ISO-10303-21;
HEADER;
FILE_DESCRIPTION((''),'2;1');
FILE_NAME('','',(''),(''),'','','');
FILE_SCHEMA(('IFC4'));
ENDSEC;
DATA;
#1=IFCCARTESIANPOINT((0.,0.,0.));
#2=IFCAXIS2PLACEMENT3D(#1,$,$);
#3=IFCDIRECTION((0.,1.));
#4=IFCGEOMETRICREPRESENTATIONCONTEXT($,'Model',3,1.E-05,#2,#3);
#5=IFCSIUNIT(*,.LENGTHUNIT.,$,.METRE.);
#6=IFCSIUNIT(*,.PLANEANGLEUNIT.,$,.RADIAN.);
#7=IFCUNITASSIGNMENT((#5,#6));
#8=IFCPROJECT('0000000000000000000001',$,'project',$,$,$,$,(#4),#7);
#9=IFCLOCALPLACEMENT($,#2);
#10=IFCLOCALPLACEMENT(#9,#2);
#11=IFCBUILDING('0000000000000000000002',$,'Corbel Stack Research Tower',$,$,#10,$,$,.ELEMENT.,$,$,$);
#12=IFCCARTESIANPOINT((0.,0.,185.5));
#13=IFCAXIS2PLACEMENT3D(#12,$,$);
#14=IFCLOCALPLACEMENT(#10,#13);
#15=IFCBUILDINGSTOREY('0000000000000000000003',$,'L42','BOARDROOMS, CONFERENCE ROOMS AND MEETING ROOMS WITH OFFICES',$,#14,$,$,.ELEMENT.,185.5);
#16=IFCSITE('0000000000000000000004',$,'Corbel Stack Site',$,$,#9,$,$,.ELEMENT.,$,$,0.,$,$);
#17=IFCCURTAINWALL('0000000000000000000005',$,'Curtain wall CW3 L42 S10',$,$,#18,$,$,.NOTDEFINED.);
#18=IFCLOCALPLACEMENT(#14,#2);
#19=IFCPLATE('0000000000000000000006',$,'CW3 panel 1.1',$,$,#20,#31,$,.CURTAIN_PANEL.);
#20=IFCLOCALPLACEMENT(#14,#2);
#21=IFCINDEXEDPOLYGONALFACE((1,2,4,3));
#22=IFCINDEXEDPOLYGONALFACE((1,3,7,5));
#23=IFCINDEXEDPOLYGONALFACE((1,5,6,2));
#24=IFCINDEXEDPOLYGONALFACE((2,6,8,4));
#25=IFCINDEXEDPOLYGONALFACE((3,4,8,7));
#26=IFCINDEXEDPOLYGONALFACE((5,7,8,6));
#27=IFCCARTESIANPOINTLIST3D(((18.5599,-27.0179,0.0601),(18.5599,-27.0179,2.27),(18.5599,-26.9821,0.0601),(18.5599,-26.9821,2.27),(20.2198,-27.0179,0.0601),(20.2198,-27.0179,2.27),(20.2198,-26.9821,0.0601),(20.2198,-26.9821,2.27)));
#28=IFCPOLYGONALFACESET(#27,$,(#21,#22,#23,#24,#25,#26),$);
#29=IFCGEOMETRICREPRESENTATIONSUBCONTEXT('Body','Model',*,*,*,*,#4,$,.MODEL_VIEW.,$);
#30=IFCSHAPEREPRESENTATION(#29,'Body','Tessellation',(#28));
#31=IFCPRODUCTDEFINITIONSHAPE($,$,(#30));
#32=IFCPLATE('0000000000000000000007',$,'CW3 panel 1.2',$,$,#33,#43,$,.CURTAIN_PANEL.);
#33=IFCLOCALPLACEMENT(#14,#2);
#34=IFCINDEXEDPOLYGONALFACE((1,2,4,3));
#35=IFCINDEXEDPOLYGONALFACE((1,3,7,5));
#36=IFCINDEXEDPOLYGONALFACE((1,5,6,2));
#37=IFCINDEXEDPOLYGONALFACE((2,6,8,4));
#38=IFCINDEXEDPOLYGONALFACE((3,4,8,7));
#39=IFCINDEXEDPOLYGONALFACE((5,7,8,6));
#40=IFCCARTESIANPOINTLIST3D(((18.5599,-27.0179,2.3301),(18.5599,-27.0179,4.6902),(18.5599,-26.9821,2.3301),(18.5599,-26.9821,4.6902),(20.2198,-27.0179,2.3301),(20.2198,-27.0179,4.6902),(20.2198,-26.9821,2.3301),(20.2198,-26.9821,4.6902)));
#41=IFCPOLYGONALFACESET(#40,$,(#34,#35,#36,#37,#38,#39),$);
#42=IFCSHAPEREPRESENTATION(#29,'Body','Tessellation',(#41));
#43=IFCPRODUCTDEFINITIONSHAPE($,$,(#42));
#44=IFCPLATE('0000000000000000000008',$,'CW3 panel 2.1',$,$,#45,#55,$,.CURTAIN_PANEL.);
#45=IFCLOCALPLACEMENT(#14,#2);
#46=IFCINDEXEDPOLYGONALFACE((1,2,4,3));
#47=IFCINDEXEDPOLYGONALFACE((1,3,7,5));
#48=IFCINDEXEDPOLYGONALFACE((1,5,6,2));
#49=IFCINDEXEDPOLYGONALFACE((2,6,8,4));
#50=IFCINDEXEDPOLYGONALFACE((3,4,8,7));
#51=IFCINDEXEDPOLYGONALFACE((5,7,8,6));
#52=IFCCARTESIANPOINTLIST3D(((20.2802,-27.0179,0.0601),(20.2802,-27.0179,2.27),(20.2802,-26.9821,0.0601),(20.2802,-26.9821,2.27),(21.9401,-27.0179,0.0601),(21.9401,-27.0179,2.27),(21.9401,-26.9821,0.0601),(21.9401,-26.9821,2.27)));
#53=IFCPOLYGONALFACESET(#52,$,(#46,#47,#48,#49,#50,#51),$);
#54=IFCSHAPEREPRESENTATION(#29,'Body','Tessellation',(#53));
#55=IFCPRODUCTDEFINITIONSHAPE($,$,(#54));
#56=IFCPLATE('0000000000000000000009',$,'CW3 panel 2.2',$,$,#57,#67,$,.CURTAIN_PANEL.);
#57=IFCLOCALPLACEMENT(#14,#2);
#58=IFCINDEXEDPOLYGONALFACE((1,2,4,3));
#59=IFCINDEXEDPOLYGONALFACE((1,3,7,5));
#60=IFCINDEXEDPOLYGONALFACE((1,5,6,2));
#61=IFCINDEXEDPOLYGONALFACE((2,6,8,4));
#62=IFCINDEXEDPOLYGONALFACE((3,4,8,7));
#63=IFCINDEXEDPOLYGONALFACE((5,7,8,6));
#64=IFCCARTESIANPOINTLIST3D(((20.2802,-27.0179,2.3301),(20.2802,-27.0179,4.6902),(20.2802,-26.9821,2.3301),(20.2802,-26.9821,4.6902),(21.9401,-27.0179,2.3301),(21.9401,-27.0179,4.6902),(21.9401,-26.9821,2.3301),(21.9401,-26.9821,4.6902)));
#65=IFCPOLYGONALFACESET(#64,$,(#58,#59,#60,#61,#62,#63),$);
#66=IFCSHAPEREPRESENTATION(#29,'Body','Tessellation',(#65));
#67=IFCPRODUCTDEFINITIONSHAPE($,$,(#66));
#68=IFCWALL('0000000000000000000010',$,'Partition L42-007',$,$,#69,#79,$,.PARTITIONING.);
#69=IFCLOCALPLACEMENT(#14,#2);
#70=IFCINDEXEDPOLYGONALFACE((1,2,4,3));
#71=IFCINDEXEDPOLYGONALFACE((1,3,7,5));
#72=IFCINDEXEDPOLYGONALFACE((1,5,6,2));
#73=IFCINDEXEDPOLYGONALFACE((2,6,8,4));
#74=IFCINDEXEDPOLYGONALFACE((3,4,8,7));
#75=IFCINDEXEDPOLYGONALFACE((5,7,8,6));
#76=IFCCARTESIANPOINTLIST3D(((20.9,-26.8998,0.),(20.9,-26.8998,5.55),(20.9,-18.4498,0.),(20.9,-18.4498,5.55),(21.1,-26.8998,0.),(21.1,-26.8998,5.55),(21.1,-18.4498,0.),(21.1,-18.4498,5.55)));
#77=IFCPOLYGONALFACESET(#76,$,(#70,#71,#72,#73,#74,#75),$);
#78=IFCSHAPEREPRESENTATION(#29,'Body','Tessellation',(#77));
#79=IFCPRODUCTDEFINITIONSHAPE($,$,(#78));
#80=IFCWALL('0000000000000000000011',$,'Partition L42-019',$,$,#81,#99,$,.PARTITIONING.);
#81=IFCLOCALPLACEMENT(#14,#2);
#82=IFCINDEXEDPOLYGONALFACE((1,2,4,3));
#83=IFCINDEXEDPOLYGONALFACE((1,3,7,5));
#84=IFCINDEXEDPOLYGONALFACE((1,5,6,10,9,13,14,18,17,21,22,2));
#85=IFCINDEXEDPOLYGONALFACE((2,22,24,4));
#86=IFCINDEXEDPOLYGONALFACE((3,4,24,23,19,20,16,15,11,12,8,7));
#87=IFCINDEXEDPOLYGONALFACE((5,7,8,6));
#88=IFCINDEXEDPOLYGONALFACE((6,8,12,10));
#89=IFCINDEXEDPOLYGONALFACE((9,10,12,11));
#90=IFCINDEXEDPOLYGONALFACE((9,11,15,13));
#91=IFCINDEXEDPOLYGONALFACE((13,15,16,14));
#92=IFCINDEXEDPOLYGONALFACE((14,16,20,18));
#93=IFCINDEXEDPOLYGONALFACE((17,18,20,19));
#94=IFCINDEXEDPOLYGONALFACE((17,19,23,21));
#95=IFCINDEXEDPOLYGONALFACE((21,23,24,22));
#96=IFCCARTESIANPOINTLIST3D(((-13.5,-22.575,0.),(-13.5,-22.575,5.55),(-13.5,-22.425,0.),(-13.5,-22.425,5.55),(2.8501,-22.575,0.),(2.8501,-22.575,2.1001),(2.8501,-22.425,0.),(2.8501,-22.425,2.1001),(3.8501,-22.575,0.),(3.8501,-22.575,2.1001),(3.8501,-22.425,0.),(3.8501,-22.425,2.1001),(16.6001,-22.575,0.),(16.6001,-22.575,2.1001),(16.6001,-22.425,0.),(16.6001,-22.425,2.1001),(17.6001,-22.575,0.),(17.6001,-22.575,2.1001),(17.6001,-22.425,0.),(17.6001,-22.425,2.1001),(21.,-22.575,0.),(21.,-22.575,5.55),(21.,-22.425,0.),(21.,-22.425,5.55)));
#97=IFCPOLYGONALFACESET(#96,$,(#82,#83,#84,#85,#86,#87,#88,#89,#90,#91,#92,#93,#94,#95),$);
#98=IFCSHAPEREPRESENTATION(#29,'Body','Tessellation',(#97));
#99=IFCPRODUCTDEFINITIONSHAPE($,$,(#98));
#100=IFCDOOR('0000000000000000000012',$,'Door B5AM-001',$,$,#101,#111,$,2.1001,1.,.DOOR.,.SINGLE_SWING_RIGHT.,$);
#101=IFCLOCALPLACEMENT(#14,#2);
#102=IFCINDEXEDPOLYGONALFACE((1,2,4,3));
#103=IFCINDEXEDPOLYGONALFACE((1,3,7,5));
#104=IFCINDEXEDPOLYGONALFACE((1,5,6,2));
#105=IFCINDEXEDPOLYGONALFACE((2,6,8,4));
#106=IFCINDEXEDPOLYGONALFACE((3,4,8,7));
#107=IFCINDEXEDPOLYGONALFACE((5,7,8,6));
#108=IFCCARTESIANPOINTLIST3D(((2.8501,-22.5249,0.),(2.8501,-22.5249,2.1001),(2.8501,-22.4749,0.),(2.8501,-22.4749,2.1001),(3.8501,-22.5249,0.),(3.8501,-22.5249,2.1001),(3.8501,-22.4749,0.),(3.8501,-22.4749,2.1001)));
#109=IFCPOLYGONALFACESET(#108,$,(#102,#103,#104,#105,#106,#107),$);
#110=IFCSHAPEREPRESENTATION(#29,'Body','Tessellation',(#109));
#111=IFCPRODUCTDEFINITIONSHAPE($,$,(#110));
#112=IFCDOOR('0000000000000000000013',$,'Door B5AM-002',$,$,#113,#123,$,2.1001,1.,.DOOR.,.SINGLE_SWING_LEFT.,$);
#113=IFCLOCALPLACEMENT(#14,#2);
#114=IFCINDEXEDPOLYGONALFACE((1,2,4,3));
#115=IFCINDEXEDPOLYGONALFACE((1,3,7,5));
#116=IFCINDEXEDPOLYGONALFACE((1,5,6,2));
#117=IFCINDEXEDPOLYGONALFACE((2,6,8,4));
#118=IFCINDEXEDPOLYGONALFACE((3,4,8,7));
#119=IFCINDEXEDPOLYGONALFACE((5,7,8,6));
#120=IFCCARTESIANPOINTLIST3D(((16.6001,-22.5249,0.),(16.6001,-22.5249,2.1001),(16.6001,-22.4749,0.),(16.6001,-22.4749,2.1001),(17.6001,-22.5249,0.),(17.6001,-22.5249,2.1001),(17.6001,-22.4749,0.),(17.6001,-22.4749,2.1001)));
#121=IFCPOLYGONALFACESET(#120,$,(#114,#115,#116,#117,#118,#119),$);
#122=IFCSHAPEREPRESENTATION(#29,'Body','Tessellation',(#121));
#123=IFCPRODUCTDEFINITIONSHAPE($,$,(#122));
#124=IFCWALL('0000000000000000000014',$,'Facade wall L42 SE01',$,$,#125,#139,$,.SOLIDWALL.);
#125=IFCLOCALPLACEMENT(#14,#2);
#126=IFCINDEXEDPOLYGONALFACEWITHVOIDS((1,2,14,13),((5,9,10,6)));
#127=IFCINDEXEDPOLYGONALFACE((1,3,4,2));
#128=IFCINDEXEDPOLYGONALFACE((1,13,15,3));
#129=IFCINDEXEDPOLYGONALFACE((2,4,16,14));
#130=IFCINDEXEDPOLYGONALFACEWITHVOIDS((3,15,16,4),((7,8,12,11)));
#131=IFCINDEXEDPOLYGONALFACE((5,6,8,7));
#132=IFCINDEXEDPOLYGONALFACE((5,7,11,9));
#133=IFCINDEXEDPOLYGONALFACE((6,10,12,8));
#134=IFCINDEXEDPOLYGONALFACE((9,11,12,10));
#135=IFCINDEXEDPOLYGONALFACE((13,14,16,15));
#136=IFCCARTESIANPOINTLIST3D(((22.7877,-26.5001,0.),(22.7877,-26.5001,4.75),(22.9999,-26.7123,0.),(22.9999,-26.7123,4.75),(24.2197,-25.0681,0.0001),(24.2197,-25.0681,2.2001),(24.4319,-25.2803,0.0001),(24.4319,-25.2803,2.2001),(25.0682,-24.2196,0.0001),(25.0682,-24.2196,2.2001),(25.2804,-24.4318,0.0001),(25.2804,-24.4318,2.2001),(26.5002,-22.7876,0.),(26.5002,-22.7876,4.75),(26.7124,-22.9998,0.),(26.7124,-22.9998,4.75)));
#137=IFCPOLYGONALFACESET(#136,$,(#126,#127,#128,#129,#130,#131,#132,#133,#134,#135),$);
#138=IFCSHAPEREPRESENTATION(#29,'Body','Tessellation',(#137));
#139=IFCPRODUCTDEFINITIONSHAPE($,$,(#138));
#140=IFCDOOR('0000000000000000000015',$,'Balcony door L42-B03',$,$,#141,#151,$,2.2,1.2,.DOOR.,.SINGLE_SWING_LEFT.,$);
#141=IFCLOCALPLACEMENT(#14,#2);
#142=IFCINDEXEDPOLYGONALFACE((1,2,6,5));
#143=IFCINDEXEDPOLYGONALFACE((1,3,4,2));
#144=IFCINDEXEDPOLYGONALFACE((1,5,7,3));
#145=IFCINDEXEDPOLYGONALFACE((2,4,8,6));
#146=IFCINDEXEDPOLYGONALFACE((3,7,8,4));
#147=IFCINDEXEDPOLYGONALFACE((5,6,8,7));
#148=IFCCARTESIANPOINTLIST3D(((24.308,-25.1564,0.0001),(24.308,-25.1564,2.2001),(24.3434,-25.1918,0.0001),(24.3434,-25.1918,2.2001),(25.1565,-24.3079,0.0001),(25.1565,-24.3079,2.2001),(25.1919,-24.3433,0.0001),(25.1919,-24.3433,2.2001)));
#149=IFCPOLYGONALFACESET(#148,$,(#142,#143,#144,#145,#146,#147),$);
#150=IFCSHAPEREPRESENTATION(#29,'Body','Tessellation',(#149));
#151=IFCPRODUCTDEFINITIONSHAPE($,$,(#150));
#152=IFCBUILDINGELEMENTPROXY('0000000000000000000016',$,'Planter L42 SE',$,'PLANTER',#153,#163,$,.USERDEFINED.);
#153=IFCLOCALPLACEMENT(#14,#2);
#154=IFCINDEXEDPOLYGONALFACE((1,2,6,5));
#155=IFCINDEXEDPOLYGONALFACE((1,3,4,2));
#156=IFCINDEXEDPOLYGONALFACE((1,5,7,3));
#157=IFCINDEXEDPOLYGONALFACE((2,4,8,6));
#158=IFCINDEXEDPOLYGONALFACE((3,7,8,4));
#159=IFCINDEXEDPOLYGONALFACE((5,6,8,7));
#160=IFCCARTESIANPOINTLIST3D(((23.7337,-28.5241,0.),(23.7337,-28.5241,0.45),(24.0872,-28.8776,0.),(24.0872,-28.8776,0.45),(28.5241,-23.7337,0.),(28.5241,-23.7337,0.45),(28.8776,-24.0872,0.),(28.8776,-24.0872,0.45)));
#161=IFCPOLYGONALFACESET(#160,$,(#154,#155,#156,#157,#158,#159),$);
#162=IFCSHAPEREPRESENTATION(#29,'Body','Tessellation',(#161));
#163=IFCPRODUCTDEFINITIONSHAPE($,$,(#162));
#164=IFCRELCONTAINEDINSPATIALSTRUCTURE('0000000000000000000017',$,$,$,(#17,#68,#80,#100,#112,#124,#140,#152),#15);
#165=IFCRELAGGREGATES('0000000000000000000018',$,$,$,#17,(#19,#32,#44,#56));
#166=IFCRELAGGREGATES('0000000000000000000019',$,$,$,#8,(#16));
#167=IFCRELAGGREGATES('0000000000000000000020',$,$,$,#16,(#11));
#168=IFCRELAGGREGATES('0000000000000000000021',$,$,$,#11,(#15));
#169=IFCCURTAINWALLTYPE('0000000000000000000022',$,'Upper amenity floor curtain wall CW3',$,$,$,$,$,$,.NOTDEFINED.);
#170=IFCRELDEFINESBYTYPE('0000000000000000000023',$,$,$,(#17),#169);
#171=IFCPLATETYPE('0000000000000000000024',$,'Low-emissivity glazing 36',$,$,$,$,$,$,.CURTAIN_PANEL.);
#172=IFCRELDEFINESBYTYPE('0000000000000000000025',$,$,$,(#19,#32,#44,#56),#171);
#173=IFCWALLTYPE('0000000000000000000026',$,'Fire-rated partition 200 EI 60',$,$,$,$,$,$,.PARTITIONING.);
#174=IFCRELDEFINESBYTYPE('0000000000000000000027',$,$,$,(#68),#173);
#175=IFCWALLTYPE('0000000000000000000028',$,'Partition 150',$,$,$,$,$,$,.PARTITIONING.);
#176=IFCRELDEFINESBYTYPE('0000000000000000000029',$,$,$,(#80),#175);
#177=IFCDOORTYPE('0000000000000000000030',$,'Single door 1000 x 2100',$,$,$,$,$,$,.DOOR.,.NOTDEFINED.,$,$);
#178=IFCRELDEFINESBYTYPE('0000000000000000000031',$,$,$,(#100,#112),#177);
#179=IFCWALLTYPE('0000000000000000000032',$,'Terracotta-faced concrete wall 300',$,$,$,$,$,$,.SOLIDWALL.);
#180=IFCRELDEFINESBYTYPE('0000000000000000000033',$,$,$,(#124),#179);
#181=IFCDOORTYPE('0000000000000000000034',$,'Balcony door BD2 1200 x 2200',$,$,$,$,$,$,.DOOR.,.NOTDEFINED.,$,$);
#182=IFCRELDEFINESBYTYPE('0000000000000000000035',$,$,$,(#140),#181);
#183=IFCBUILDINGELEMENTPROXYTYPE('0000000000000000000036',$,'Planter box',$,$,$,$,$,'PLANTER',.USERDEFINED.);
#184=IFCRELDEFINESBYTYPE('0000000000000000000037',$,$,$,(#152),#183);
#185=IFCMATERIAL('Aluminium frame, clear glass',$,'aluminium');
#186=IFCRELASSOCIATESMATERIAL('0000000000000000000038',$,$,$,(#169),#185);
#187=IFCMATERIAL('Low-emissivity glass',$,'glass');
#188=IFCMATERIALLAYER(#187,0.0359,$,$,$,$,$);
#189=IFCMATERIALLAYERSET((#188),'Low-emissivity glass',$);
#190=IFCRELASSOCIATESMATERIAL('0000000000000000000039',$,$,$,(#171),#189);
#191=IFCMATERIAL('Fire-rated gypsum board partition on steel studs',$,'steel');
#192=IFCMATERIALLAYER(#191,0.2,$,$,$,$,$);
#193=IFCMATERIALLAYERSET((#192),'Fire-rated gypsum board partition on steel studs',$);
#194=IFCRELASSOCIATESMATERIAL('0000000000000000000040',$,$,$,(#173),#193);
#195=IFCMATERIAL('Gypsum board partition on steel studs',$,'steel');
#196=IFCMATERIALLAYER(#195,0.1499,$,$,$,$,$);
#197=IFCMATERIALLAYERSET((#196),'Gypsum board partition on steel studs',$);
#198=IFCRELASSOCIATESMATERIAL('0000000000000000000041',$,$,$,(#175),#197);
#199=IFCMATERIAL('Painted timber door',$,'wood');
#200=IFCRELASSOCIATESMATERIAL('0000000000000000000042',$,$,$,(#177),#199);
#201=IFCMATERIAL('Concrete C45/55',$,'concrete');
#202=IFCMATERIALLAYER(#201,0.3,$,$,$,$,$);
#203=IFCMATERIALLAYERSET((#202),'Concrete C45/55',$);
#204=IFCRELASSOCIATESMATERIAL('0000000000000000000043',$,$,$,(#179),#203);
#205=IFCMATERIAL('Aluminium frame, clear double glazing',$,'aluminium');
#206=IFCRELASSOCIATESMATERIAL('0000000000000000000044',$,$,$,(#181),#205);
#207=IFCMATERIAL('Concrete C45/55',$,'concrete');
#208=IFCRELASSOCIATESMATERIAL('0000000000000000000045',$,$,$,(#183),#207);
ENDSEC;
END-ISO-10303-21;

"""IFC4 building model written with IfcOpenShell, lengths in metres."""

from ifc_helpers import new_model, si_unit, direction, frame, frame_2d, origin, origin_2d, place, context, subcontext, project, spatial, rectangle, extrude, material, layer, layer_set, type_object, element, fill, aggregate, save


model = new_model("IFC4")

# Units and contexts
model_context = context("Model", 3, precision=1e-05, world=origin(), true_north=direction((0.0, 1.0)))
body_context = subcontext(model_context, "Body", "Model", "MODEL_VIEW")
ifc_project = project(units=[si_unit("LENGTHUNIT", "METRE"), si_unit("PLANEANGLEUNIT", "RADIAN")], contexts=[model_context])

# Site, building, storey
site_placement = place(None, origin())
site = spatial("IfcSite", under=ifc_project, at=site_placement, Name="Corbel Stack Site", CompositionType="ELEMENT", RefElevation=0.0)
building_placement = place(site_placement, origin())
building = spatial("IfcBuilding", under=site, at=building_placement, Name="Corbel Stack Research Tower", CompositionType="ELEMENT")
storey_placement = place(building_placement, frame((0.0, 0.0, 185.5)))
storey = spatial("IfcBuildingStorey", under=building, at=storey_placement, Name="L42", Description="BOARDROOMS, CONFERENCE ROOMS AND MEETING ROOMS WITH OFFICES", CompositionType="ELEMENT", Elevation=185.5)

# Curtain wall
ifc_material_1 = material(Name="Aluminium frame, clear glass", Category="aluminium")
curtain_wall_type = type_object("IfcCurtainWallType", Name="Upper amenity floor curtain wall CW3", PredefinedType="NOTDEFINED", material=ifc_material_1)
curtain_wall_1_placement = place(storey_placement, origin())
curtain_wall_1 = element("IfcCurtainWall", 1, at=curtain_wall_1_placement, inside=storey, type_object=curtain_wall_type, Name="Curtain wall CW3 L42 S10", PredefinedType="NOTDEFINED")

# Plates
ifc_material_2 = material(Name="Low-emissivity glass", Category="glass")
ifc_layer_1 = layer(ifc_material_2, 0.0359)
ifc_layer_set_1 = layer_set([ifc_layer_1], Name="Low-emissivity glass")
plate_type = type_object("IfcPlateType", Name="Low-emissivity glazing 36", PredefinedType="CURTAIN_PANEL", material=ifc_layer_set_1)
plate_1_placement = place(storey_placement, frame((19.3899, -27.0, 0.0601), z_axis=(0.0, 0.0, 1.0), x_axis=(1.0, 0.0, 0.0)))
plate_1 = element("IfcPlate", 2, at=plate_1_placement, type_object=plate_type, Name="CW3 panel 1.1", PredefinedType="CURTAIN_PANEL", context=body_context, shape_type="SweptSolid", body=[
    extrude(rectangle(XDim=1.6599, YDim=0.0359, at=origin_2d()), origin(), (0.0, 0.0, 1.0), 2.21),
])
plate_2_placement = place(storey_placement, frame((19.3899, -27.0, 2.3301), z_axis=(0.0, 0.0, 1.0), x_axis=(1.0, 0.0, 0.0)))
plate_2 = element("IfcPlate", 3, at=plate_2_placement, type_object=plate_type, Name="CW3 panel 1.2", PredefinedType="CURTAIN_PANEL", context=body_context, shape_type="SweptSolid", body=[
    extrude(rectangle(XDim=1.6599, YDim=0.0359, at=origin_2d()), origin(), (0.0, 0.0, 1.0), 2.3601),
])
plate_3_placement = place(storey_placement, frame((21.1101, -27.0, 0.0601), z_axis=(0.0, 0.0, 1.0), x_axis=(1.0, 0.0, 0.0)))
plate_3 = element("IfcPlate", 4, at=plate_3_placement, type_object=plate_type, Name="CW3 panel 2.1", PredefinedType="CURTAIN_PANEL", context=body_context, shape_type="SweptSolid", body=[
    extrude(rectangle(XDim=1.6599, YDim=0.0359, at=origin_2d()), origin(), (0.0, 0.0, 1.0), 2.21),
])
plate_4_placement = place(storey_placement, frame((21.1101, -27.0, 2.3301), z_axis=(0.0, 0.0, 1.0), x_axis=(1.0, 0.0, 0.0)))
plate_4 = element("IfcPlate", 5, at=plate_4_placement, type_object=plate_type, Name="CW3 panel 2.2", PredefinedType="CURTAIN_PANEL", context=body_context, shape_type="SweptSolid", body=[
    extrude(rectangle(XDim=1.6599, YDim=0.0359, at=origin_2d()), origin(), (0.0, 0.0, 1.0), 2.3601),
])
aggregate(curtain_wall_1, [plate_1, plate_2, plate_3, plate_4])

# Wall
ifc_material_3 = material(Name="Fire-rated gypsum board partition on steel studs", Category="steel")
ifc_layer_2 = layer(ifc_material_3, 0.2)
ifc_layer_set_2 = layer_set([ifc_layer_2], Name="Fire-rated gypsum board partition on steel studs")
wall_type_1 = type_object("IfcWallType", Name="Fire-rated partition 200 EI 60", PredefinedType="PARTITIONING", material=ifc_layer_set_2)
wall_1_placement = place(storey_placement, frame((21.0, -26.8999, 0.0), z_axis=(0.0, 0.0, 1.0), x_axis=(0.0, 1.0, 0.0)))
element("IfcWall", 6, at=wall_1_placement, inside=storey, type_object=wall_type_1, Name="Partition L42-007", PredefinedType="PARTITIONING", context=body_context, shape_type="SweptSolid", body=[
    extrude(rectangle(XDim=8.45, YDim=0.2, at=frame_2d((4.2251, 0.0))), origin(), (0.0, 0.0, 1.0), 5.55),
])

# Wall, openings, doors
ifc_material_4 = material(Name="Gypsum board partition on steel studs", Category="steel")
ifc_layer_3 = layer(ifc_material_4, 0.1499)
ifc_layer_set_3 = layer_set([ifc_layer_3], Name="Gypsum board partition on steel studs")
wall_type_2 = type_object("IfcWallType", Name="Partition 150", PredefinedType="PARTITIONING", material=ifc_layer_set_3)
wall_2_placement = place(storey_placement, frame((21.0, -22.5, 0.0), z_axis=(0.0, 0.0, 1.0), x_axis=(-1.0, 0.0, 0.0)))
wall_2 = element("IfcWall", 7, at=wall_2_placement, inside=storey, type_object=wall_type_2, Name="Partition L42-019", PredefinedType="PARTITIONING", context=body_context, shape_type="SweptSolid", body=[
    extrude(rectangle(XDim=34.5, YDim=0.1499, at=frame_2d((17.25, 0.0))), origin(), (0.0, 0.0, 1.0), 5.55),
])
opening_1_placement = place(wall_2_placement, frame((17.1499, 0.0, 0.0)))
opening_1 = element("IfcOpeningElement", 8, at=opening_1_placement, cuts=wall_2, PredefinedType="OPENING", context=body_context, shape_type="SweptSolid", body=[
    extrude(rectangle(XDim=1.0, YDim=2.1001, at=frame_2d((0.5, 1.05))), frame((0.0, 0.085, 0.0), z_axis=(0.0, -1.0, 0.0), x_axis=(1.0, 0.0, 0.0)), (0.0, 0.0, 1.0), 0.1699),
])
opening_2_placement = place(wall_2_placement, frame((3.3999, 0.0, 0.0)))
opening_2 = element("IfcOpeningElement", 9, at=opening_2_placement, cuts=wall_2, PredefinedType="OPENING", context=body_context, shape_type="SweptSolid", body=[
    extrude(rectangle(XDim=1.0, YDim=2.1001, at=frame_2d((0.5, 1.05))), frame((0.0, 0.085, 0.0), z_axis=(0.0, -1.0, 0.0), x_axis=(1.0, 0.0, 0.0)), (0.0, 0.0, 1.0), 0.1699),
])
ifc_material_5 = material(Name="Painted timber door", Category="wood")
door_type_1 = type_object("IfcDoorType", Name="Single door 1000 x 2100", OperationType="NOTDEFINED", PredefinedType="DOOR", material=ifc_material_5)
door_1_placement = place(opening_1_placement, origin())
door_1 = element("IfcDoor", 10, at=door_1_placement, inside=storey, type_object=door_type_1, Name="Door B5AM-001", OperationType="SINGLE_SWING_RIGHT", OverallHeight=2.1001, OverallWidth=1.0, PredefinedType="DOOR", context=body_context, shape_type="SweptSolid", body=[
    extrude(rectangle(XDim=1.0, YDim=2.1001, at=frame_2d((0.5, 1.05))), frame((0.0, 0.0249, 0.0), z_axis=(0.0, -1.0, 0.0), x_axis=(1.0, 0.0, 0.0)), (0.0, 0.0, 1.0), 0.05),
])
fill(opening_1, door_1)
door_2_placement = place(opening_2_placement, origin())
door_2 = element("IfcDoor", 11, at=door_2_placement, inside=storey, type_object=door_type_1, Name="Door B5AM-002", OperationType="SINGLE_SWING_LEFT", OverallHeight=2.1001, OverallWidth=1.0, PredefinedType="DOOR", context=body_context, shape_type="SweptSolid", body=[
    extrude(rectangle(XDim=1.0, YDim=2.1001, at=frame_2d((0.5, 1.05))), frame((0.0, 0.0249, 0.0), z_axis=(0.0, -1.0, 0.0), x_axis=(1.0, 0.0, 0.0)), (0.0, 0.0, 1.0), 0.05),
])
fill(opening_2, door_2)

# Wall, opening, door
ifc_material_6 = material(Name="Concrete C45/55", Category="concrete")
ifc_layer_4 = layer(ifc_material_6, 0.3)
ifc_layer_set_4 = layer_set([ifc_layer_4], Name="Concrete C45/55")
wall_type_3 = type_object("IfcWallType", Name="Terracotta-faced concrete wall 300", PredefinedType="SOLIDWALL", material=ifc_layer_set_4)
wall_3_placement = place(storey_placement, frame((26.6062, -22.8938, 0.0), z_axis=(0.0, 0.0, 1.0), x_axis=(-0.707107, -0.707107, 0.0)))
wall_3 = element("IfcWall", 12, at=wall_3_placement, inside=storey, type_object=wall_type_3, Name="Facade wall L42 SE01", PredefinedType="SOLIDWALL", context=body_context, shape_type="SweptSolid", body=[
    extrude(rectangle(XDim=5.2502, YDim=0.3, at=frame_2d((2.625, 0.0))), origin(), (0.0, 0.0, 1.0), 4.75),
])
opening_3_placement = place(wall_3_placement, frame((2.0249, 0.0, 0.0)))
opening_3 = element("IfcOpeningElement", 13, at=opening_3_placement, cuts=wall_3, PredefinedType="OPENING", context=body_context, shape_type="SweptSolid", body=[
    extrude(rectangle(XDim=1.2, YDim=2.2, at=frame_2d((0.6001, 1.1001))), frame((0.0, 0.1599, 0.0), z_axis=(0.0, -1.0, 0.0), x_axis=(1.0, 0.0, 0.0)), (0.0, 0.0, 1.0), 0.3201),
])
ifc_material_7 = material(Name="Aluminium frame, clear double glazing", Category="aluminium")
door_type_2 = type_object("IfcDoorType", Name="Balcony door BD2 1200 x 2200", OperationType="NOTDEFINED", PredefinedType="DOOR", material=ifc_material_7)
door_3_placement = place(opening_3_placement, origin())
door_3 = element("IfcDoor", 14, at=door_3_placement, inside=storey, type_object=door_type_2, Name="Balcony door L42-B03", OperationType="SINGLE_SWING_LEFT", OverallHeight=2.2, OverallWidth=1.2, PredefinedType="DOOR", context=body_context, shape_type="SweptSolid", body=[
    extrude(rectangle(XDim=1.2, YDim=2.2, at=frame_2d((0.6001, 1.1001))), frame((0.0, 0.0249, 0.0), z_axis=(0.0, -1.0, 0.0), x_axis=(1.0, 0.0, 0.0)), (0.0, 0.0, 1.0), 0.05),
])
fill(opening_3, door_3)

# Building element proxy
ifc_material_8 = material(Name="Concrete C45/55", Category="concrete")
building_element_proxy_type = type_object("IfcBuildingElementProxyType", Name="Planter box", ElementType="PLANTER", PredefinedType="USERDEFINED", material=ifc_material_8)
proxy_placement = place(storey_placement, frame((26.3057, -26.3057, 0.0), z_axis=(0.0, 0.0, 1.0), x_axis=(0.707107, 0.707107, 0.0)))
element("IfcBuildingElementProxy", 15, at=proxy_placement, inside=storey, type_object=building_element_proxy_type, Name="Planter L42 SE", ObjectType="PLANTER", PredefinedType="USERDEFINED", context=body_context, shape_type="SweptSolid", body=[
    extrude(rectangle(XDim=6.7747, YDim=0.5, at=origin_2d()), origin(), (0.0, 0.0, 1.0), 0.45),
])

save(model, "model.ifc")
